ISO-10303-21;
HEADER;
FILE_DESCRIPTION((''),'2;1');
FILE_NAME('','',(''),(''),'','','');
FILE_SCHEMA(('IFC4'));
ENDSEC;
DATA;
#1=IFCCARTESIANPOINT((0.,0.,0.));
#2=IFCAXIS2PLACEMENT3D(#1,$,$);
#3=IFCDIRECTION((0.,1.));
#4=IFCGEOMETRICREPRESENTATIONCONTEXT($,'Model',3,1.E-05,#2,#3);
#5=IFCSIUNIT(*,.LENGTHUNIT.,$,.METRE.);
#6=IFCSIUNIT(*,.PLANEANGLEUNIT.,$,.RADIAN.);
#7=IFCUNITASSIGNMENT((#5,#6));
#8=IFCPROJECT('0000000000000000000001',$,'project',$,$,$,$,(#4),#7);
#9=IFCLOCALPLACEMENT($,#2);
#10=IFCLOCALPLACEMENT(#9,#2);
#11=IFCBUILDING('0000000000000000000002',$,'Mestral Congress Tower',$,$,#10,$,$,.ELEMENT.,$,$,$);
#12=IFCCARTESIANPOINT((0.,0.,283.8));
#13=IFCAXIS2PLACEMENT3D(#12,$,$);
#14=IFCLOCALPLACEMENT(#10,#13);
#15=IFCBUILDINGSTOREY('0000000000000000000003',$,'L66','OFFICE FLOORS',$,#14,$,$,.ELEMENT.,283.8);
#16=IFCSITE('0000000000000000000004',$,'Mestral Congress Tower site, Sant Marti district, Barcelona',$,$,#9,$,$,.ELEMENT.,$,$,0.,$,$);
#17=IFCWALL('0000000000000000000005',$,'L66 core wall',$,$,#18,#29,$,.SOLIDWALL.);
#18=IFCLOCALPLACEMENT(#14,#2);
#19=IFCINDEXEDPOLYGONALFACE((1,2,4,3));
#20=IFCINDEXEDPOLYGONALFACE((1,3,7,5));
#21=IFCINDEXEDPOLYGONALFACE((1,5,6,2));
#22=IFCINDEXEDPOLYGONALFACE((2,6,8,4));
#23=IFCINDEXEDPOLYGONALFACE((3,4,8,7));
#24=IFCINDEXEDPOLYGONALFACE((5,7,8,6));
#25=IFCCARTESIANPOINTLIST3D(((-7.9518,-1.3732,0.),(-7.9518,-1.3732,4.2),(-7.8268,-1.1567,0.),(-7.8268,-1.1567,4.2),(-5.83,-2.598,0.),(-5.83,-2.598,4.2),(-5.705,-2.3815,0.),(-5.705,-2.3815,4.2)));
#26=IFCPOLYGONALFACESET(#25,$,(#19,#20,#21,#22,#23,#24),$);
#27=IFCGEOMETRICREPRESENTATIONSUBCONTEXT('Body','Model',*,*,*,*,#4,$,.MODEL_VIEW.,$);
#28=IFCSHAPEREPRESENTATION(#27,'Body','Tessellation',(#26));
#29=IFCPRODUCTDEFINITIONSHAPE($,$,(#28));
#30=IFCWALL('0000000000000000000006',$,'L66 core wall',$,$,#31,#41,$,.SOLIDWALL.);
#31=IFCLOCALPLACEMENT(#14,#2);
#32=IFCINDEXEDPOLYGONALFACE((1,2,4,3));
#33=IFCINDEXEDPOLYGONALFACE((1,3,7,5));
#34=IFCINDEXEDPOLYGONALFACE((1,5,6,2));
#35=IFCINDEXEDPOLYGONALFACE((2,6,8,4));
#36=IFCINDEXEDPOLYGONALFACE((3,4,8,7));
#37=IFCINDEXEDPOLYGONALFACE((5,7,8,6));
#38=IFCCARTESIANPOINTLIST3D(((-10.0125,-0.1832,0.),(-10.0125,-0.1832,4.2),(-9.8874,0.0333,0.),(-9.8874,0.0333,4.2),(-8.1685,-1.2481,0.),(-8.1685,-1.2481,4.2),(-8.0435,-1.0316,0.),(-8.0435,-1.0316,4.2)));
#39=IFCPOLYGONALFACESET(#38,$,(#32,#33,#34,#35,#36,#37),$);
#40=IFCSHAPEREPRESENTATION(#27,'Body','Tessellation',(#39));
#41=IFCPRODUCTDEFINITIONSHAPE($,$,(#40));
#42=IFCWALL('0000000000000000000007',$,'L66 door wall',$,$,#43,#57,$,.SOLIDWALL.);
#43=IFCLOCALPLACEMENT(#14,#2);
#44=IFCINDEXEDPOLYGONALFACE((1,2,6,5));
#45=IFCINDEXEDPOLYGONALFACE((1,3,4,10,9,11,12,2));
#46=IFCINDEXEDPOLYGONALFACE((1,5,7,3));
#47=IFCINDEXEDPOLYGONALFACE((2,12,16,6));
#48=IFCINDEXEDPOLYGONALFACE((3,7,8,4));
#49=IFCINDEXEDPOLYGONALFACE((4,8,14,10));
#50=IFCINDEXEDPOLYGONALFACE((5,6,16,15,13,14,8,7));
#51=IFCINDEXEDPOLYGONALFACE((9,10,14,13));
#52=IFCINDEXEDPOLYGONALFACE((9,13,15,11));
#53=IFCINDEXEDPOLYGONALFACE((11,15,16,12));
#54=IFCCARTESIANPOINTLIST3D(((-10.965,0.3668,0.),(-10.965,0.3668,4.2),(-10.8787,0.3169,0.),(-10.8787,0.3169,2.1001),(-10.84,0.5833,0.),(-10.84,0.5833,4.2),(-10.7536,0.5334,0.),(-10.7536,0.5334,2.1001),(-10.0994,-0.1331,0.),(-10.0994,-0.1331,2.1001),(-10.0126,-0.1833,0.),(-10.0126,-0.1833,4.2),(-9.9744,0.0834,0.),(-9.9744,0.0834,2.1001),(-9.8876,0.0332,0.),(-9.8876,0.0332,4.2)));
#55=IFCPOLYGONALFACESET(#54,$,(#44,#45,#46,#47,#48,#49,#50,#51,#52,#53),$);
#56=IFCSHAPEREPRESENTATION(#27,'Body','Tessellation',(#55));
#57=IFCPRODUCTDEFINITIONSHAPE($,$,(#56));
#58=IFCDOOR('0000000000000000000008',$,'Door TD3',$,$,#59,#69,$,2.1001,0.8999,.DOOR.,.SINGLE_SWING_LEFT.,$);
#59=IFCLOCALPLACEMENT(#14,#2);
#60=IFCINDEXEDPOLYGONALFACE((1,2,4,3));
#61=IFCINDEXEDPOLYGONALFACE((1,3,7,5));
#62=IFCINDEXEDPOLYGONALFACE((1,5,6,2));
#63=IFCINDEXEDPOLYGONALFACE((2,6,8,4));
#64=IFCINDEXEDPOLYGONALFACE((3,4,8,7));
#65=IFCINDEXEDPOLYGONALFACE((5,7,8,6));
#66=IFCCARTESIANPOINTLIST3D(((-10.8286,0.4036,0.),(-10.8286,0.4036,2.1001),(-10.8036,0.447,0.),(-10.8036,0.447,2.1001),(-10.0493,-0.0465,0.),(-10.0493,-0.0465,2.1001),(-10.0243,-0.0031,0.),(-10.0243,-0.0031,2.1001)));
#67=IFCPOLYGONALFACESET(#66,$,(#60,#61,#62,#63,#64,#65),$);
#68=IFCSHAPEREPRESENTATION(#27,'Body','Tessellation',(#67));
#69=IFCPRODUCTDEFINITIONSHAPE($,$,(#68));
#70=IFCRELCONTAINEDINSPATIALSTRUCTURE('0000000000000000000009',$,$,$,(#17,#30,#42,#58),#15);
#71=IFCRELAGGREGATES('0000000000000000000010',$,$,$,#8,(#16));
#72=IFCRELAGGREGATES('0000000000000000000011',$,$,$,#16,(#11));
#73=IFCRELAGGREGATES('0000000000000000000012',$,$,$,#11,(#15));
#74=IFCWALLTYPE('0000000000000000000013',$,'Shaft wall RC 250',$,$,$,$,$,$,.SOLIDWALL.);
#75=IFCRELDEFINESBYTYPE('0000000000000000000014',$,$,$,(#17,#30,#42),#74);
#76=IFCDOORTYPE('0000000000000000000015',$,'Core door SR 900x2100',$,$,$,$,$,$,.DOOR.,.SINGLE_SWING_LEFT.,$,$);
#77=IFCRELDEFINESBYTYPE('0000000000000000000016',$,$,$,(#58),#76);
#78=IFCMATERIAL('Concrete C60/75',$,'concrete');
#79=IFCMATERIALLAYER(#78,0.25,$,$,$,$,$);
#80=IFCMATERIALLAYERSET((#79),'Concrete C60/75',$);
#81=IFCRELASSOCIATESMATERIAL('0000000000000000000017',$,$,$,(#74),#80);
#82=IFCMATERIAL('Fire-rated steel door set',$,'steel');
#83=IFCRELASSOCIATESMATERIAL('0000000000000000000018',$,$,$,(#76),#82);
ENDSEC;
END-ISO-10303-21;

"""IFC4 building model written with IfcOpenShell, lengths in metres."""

from ifc_helpers import new_model, si_unit, direction, frame, frame_2d, origin, place, context, subcontext, project, spatial, rectangle, extrude, material, layer, layer_set, type_object, element, fill, save


model = new_model("IFC4")

# Units and contexts
model_context = context("Model", 3, precision=1e-05, world=origin(), true_north=direction((0.0, 1.0)))
body_context = subcontext(model_context, "Body", "Model", "MODEL_VIEW")
ifc_project = project(units=[si_unit("LENGTHUNIT", "METRE"), si_unit("PLANEANGLEUNIT", "RADIAN")], contexts=[model_context])

# Site, building, storey
site_placement = place(None, origin())
site = spatial("IfcSite", under=ifc_project, at=site_placement, Name="Mestral Congress Tower site, Sant Marti district, Barcelona", CompositionType="ELEMENT", RefElevation=0.0)
building_placement = place(site_placement, origin())
building = spatial("IfcBuilding", under=site, at=building_placement, Name="Mestral Congress Tower", CompositionType="ELEMENT")
storey_placement = place(building_placement, frame((0.0, 0.0, 283.8)))
storey = spatial("IfcBuildingStorey", under=building, at=storey_placement, Name="L66", Description="OFFICE FLOORS", CompositionType="ELEMENT", Elevation=283.8)

# Shared definitions
ifc_material_1 = material(Name="Concrete C60/75", Category="concrete")

# Shared definitions
ifc_material_2 = material(Name="Fire-rated steel door set", Category="steel")

# Walls
ifc_layer_1 = layer(ifc_material_1, 0.25)
ifc_layer_set_1 = layer_set([ifc_layer_1], Name="Concrete C60/75")
wall_type_1 = type_object("IfcWallType", Name="Shaft wall RC 250", PredefinedType="SOLIDWALL", material=ifc_layer_set_1)
wall_1_placement = place(storey_placement, frame((-7.8894, -1.2649, 0.0), z_axis=(0.0, 0.0, 1.0), x_axis=(0.866058, -0.499944, 0.0)))
element("IfcWall", 1, at=wall_1_placement, inside=storey, type_object=wall_type_1, Name="L66 core wall", PredefinedType="SOLIDWALL", context=body_context, shape_type="SweptSolid", body=[
    extrude(rectangle(XDim=2.45, YDim=0.25, at=frame_2d((1.2251, 0.0))), origin(), (0.0, 0.0, 1.0), 4.2),
])
wall_2_placement = place(storey_placement, frame((-9.95, -0.075, 0.0), z_axis=(0.0, 0.0, 1.0), x_axis=(0.865962, -0.500109, 0.0)))
element("IfcWall", 2, at=wall_2_placement, inside=storey, type_object=wall_type_1, Name="L66 core wall", PredefinedType="SOLIDWALL", context=body_context, shape_type="SweptSolid", body=[
    extrude(rectangle(XDim=2.1294, YDim=0.25, at=frame_2d((1.0647, 0.0))), origin(), (0.0, 0.0, 1.0), 4.2),
])

# Wall, opening, door
wall_3_placement = place(storey_placement, frame((-9.9502, -0.075, 0.0), z_axis=(0.0, 0.0, 1.0), x_axis=(-0.865953, 0.500126, 0.0)))
wall_3 = element("IfcWall", 3, at=wall_3_placement, inside=storey, type_object=wall_type_1, Name="L66 door wall", PredefinedType="SOLIDWALL", context=body_context, shape_type="SweptSolid", body=[
    extrude(rectangle(XDim=1.0999, YDim=0.25, at=frame_2d((0.5498, 0.0))), origin(), (0.0, 0.0, 1.0), 4.2),
])
opening_1_placement = place(wall_3_placement, frame((0.1001, 0.0, 0.0)))
opening_1 = element("IfcOpeningElement", 4, at=opening_1_placement, cuts=wall_3, PredefinedType="OPENING", context=body_context, shape_type="SweptSolid", body=[
    extrude(rectangle(XDim=0.8999, YDim=2.1001, at=frame_2d((0.45, 1.05))), frame((0.0, 0.135, 0.0), z_axis=(0.0, -1.0, 0.0), x_axis=(1.0, 0.0, 0.0)), (0.0, 0.0, 1.0), 0.27),
])
door_type_1 = type_object("IfcDoorType", Name="Core door SR 900x2100", OperationType="SINGLE_SWING_LEFT", PredefinedType="DOOR", material=ifc_material_2)
door_1_placement = place(opening_1_placement, origin())
door_1 = element("IfcDoor", 5, at=door_1_placement, inside=storey, type_object=door_type_1, Name="Door TD3", OperationType="SINGLE_SWING_LEFT", OverallHeight=2.1001, OverallWidth=0.8999, PredefinedType="DOOR", context=body_context, shape_type="SweptSolid", body=[
    extrude(rectangle(XDim=0.8999, YDim=2.1001, at=frame_2d((0.45, 1.05))), frame((0.0, 0.0249, 0.0), z_axis=(0.0, -1.0, 0.0), x_axis=(1.0, 0.0, 0.0)), (0.0, 0.0, 1.0), 0.05),
])
fill(opening_1, door_1)

save(model, "model.ifc")
